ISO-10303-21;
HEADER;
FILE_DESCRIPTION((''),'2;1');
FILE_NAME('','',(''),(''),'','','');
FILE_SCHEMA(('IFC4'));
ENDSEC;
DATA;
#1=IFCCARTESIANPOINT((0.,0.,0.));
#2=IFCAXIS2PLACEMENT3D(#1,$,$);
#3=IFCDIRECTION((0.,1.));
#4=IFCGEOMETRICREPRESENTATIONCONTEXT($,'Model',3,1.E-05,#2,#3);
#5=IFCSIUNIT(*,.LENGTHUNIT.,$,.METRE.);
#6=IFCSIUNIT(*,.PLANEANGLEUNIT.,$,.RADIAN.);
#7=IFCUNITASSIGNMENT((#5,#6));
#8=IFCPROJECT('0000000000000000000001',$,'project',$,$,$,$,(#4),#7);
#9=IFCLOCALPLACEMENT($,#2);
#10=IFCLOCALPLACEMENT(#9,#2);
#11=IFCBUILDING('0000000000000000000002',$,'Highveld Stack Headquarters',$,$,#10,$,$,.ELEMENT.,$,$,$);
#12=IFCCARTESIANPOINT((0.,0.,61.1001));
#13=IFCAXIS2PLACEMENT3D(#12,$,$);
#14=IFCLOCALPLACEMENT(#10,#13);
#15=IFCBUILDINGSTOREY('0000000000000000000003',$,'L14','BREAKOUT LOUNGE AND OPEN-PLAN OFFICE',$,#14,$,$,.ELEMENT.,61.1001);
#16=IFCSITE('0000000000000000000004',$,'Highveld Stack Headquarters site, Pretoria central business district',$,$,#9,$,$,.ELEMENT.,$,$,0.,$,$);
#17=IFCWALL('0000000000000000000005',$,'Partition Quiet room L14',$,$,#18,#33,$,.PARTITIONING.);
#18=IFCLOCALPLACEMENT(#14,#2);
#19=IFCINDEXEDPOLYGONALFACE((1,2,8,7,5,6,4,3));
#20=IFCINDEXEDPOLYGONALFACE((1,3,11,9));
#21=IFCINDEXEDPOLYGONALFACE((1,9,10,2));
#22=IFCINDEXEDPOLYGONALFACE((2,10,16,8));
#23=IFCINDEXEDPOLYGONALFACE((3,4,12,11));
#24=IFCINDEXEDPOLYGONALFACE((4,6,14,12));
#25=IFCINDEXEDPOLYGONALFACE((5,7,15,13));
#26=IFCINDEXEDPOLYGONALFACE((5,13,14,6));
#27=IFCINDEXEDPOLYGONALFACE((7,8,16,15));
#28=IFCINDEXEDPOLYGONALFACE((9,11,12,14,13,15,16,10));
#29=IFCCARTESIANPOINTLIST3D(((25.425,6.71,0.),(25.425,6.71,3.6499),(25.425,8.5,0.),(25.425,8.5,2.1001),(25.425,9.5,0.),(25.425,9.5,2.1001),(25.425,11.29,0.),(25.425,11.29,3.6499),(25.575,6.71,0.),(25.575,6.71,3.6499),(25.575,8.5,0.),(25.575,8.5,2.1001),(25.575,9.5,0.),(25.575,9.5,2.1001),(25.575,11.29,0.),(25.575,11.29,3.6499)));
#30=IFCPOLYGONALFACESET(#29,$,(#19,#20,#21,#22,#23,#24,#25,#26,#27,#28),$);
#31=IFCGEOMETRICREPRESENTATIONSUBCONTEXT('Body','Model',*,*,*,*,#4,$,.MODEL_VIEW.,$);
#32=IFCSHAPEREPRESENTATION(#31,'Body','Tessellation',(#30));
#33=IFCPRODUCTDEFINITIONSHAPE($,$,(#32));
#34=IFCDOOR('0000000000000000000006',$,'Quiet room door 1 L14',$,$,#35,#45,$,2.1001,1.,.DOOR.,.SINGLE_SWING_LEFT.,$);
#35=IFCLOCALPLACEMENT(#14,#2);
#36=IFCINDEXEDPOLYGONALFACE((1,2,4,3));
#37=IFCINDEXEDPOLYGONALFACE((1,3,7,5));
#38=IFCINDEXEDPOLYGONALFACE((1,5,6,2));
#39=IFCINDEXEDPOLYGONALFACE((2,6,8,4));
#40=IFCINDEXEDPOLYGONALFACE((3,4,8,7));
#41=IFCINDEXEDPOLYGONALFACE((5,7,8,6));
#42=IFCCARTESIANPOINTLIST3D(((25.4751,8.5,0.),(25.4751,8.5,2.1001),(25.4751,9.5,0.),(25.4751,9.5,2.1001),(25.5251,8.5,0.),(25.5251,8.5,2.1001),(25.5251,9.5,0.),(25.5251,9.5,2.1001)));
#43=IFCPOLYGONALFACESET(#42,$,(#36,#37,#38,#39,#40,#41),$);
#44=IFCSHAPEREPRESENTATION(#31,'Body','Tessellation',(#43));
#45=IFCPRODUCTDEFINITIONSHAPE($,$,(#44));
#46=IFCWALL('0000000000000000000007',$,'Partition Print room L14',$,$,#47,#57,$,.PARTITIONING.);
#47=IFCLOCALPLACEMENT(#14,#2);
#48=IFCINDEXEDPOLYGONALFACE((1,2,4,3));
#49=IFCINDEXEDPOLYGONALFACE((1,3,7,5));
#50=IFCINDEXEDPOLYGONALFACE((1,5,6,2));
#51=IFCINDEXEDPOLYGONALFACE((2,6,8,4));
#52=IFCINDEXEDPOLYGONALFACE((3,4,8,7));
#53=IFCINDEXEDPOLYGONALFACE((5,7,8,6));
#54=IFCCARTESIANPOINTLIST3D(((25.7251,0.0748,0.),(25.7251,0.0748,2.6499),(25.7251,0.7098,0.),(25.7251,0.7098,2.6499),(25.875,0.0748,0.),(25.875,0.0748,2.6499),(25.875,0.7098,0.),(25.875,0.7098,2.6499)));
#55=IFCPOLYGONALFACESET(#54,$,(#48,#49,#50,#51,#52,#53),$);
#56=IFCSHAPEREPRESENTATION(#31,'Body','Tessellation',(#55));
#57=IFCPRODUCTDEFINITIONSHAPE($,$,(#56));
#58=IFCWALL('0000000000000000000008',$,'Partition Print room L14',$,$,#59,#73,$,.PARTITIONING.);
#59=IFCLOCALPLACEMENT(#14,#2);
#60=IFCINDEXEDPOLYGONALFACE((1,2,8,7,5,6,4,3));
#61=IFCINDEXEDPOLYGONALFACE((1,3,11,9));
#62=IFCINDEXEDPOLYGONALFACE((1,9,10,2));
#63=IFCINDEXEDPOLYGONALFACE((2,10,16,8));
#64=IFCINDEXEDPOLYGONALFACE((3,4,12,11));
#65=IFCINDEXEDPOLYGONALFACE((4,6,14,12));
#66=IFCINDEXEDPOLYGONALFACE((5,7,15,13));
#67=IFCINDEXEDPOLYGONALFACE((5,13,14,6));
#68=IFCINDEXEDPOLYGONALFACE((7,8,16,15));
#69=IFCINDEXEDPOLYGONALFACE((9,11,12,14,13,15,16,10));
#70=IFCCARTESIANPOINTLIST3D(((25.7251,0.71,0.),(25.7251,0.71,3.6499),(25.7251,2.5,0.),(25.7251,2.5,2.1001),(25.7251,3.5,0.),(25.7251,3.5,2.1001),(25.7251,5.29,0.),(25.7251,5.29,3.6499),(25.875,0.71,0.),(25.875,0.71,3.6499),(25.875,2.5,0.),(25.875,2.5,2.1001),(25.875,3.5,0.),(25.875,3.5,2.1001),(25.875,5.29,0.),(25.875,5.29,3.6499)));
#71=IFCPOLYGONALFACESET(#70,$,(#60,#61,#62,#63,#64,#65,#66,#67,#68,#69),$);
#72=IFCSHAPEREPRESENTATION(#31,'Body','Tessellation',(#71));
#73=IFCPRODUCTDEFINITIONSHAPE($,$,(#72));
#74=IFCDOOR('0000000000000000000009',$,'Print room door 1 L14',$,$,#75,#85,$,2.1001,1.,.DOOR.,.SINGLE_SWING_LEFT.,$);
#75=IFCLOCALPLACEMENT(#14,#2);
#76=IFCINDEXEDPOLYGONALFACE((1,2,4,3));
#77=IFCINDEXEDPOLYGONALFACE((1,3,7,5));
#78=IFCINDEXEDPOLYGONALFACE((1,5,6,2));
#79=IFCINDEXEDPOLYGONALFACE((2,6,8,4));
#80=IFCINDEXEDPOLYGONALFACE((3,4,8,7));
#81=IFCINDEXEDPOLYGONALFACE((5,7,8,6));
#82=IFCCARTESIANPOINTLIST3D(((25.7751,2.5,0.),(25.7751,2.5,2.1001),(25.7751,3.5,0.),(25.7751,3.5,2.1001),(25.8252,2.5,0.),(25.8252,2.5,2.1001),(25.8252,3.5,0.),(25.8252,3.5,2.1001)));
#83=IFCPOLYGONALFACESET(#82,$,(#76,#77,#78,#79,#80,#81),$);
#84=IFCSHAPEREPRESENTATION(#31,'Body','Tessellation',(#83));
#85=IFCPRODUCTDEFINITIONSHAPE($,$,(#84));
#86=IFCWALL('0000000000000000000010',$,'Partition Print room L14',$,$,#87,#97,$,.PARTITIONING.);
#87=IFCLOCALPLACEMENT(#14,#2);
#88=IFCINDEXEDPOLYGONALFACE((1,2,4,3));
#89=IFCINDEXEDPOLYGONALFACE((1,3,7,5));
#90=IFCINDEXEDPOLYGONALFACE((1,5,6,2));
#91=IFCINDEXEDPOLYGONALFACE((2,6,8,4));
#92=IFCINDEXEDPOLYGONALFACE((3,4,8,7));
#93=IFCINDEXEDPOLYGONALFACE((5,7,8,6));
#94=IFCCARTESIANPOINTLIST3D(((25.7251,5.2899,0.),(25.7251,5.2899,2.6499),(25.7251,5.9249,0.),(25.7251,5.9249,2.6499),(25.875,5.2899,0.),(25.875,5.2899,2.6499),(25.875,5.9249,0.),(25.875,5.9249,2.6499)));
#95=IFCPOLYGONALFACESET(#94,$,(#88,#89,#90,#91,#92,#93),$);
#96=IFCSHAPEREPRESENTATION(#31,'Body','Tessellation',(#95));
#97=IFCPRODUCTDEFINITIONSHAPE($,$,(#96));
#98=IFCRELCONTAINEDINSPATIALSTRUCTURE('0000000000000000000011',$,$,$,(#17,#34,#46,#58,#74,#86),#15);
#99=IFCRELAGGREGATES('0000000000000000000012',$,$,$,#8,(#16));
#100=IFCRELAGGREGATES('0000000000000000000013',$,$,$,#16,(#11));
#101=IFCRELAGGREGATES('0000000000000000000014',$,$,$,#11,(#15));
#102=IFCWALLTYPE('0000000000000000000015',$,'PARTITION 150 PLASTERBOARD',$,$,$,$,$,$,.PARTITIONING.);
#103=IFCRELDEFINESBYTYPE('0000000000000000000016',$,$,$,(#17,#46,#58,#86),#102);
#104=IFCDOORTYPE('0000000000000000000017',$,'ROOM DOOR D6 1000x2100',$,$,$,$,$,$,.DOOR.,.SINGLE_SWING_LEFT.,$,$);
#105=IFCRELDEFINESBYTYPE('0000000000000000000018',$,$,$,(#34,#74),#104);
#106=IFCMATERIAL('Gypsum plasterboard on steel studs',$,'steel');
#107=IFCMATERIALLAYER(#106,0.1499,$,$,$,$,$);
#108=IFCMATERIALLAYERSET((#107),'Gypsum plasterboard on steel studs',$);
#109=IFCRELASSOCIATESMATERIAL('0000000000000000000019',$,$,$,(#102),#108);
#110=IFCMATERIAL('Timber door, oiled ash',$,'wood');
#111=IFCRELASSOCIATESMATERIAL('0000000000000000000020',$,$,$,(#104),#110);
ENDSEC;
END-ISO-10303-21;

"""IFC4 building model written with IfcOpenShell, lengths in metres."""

from ifc_helpers import new_model, si_unit, direction, frame, frame_2d, origin, place, context, subcontext, project, spatial, rectangle, extrude, material, layer, layer_set, type_object, element, fill, save


model = new_model("IFC4")

# Units and contexts
model_context = context("Model", 3, precision=1e-05, world=origin(), true_north=direction((0.0, 1.0)))
body_context = subcontext(model_context, "Body", "Model", "MODEL_VIEW")
ifc_project = project(units=[si_unit("LENGTHUNIT", "METRE"), si_unit("PLANEANGLEUNIT", "RADIAN")], contexts=[model_context])

# Site, building, storey
site_placement = place(None, origin())
site = spatial("IfcSite", under=ifc_project, at=site_placement, Name="Highveld Stack Headquarters site, Pretoria central business district", CompositionType="ELEMENT", RefElevation=0.0)
building_placement = place(site_placement, origin())
building = spatial("IfcBuilding", under=site, at=building_placement, Name="Highveld Stack Headquarters", CompositionType="ELEMENT")
storey_placement = place(building_placement, frame((0.0, 0.0, 61.1001)))
storey = spatial("IfcBuildingStorey", under=building, at=storey_placement, Name="L14", Description="BREAKOUT LOUNGE AND OPEN-PLAN OFFICE", CompositionType="ELEMENT", Elevation=61.1001)

# Shared definitions
ifc_material_1 = material(Name="Gypsum plasterboard on steel studs", Category="steel")
ifc_layer_1 = layer(ifc_material_1, 0.1499)
ifc_layer_set_1 = layer_set([ifc_layer_1], Name="Gypsum plasterboard on steel studs")
wall_type = type_object("IfcWallType", Name="PARTITION 150 PLASTERBOARD", PredefinedType="PARTITIONING", material=ifc_layer_set_1)

# Wall, opening, door
wall_1_placement = place(storey_placement, frame((25.5, 6.71, 0.0), z_axis=(0.0, 0.0, 1.0), x_axis=(0.0, 1.0, 0.0)))
wall_1 = element("IfcWall", 1, at=wall_1_placement, inside=storey, type_object=wall_type, Name="Partition Quiet room L14", PredefinedType="PARTITIONING", context=body_context, shape_type="SweptSolid", body=[
    extrude(rectangle(XDim=4.5801, YDim=0.1499, at=frame_2d((2.29, 0.0))), origin(), (0.0, 0.0, 1.0), 3.6499),
])
opening_1_placement = place(wall_1_placement, frame((1.79, 0.0, 0.0)))
opening_1 = element("IfcOpeningElement", 2, at=opening_1_placement, cuts=wall_1, PredefinedType="OPENING", context=body_context, shape_type="SweptSolid", body=[
    extrude(rectangle(XDim=1.0, YDim=2.1001, at=frame_2d((0.5, 1.05))), frame((0.0, 0.085, 0.0), z_axis=(0.0, -1.0, 0.0), x_axis=(1.0, 0.0, 0.0)), (0.0, 0.0, 1.0), 0.1699),
])
ifc_material_2 = material(Name="Timber door, oiled ash", Category="wood")
door_type = type_object("IfcDoorType", Name="ROOM DOOR D6 1000x2100", OperationType="SINGLE_SWING_LEFT", PredefinedType="DOOR", material=ifc_material_2)
door_1_placement = place(opening_1_placement, origin())
door_1 = element("IfcDoor", 3, at=door_1_placement, inside=storey, type_object=door_type, Name="Quiet room door 1 L14", OperationType="SINGLE_SWING_LEFT", OverallHeight=2.1001, OverallWidth=1.0, PredefinedType="DOOR", context=body_context, shape_type="SweptSolid", body=[
    extrude(rectangle(XDim=1.0, YDim=2.1001, at=frame_2d((0.5, 1.05))), frame((0.0, 0.0249, 0.0), z_axis=(0.0, -1.0, 0.0), x_axis=(1.0, 0.0, 0.0)), (0.0, 0.0, 1.0), 0.05),
])
fill(opening_1, door_1)

# Wall
wall_2_placement = place(storey_placement, frame((25.8, 0.075, 0.0), z_axis=(0.0, 0.0, 1.0), x_axis=(0.0, 1.0, 0.0)))
element("IfcWall", 4, at=wall_2_placement, inside=storey, type_object=wall_type, Name="Partition Print room L14", PredefinedType="PARTITIONING", context=body_context, shape_type="SweptSolid", body=[
    extrude(rectangle(XDim=0.635, YDim=0.1499, at=frame_2d((0.3174, 0.0))), origin(), (0.0, 0.0, 1.0), 2.6499),
])

# Wall, opening, door
wall_3_placement = place(storey_placement, frame((25.8, 0.71, 0.0), z_axis=(0.0, 0.0, 1.0), x_axis=(0.0, 1.0, 0.0)))
wall_3 = element("IfcWall", 5, at=wall_3_placement, inside=storey, type_object=wall_type, Name="Partition Print room L14", PredefinedType="PARTITIONING", context=body_context, shape_type="SweptSolid", body=[
    extrude(rectangle(XDim=4.5801, YDim=0.1499, at=frame_2d((2.29, 0.0))), origin(), (0.0, 0.0, 1.0), 3.6499),
])
opening_2_placement = place(wall_3_placement, frame((1.79, 0.0, 0.0)))
opening_2 = element("IfcOpeningElement", 6, at=opening_2_placement, cuts=wall_3, PredefinedType="OPENING", context=body_context, shape_type="SweptSolid", body=[
    extrude(rectangle(XDim=1.0, YDim=2.1001, at=frame_2d((0.5, 1.05))), frame((0.0, 0.085, 0.0), z_axis=(0.0, -1.0, 0.0), x_axis=(1.0, 0.0, 0.0)), (0.0, 0.0, 1.0), 0.1699),
])
door_2_placement = place(opening_2_placement, origin())
door_2 = element("IfcDoor", 7, at=door_2_placement, inside=storey, type_object=door_type, Name="Print room door 1 L14", OperationType="SINGLE_SWING_LEFT", OverallHeight=2.1001, OverallWidth=1.0, PredefinedType="DOOR", context=body_context, shape_type="SweptSolid", body=[
    extrude(rectangle(XDim=1.0, YDim=2.1001, at=frame_2d((0.5, 1.05))), frame((0.0, 0.0249, 0.0), z_axis=(0.0, -1.0, 0.0), x_axis=(1.0, 0.0, 0.0)), (0.0, 0.0, 1.0), 0.05),
])
fill(opening_2, door_2)

# Wall
wall_4_placement = place(storey_placement, frame((25.8, 5.29, 0.0), z_axis=(0.0, 0.0, 1.0), x_axis=(0.0, 1.0, 0.0)))
element("IfcWall", 8, at=wall_4_placement, inside=storey, type_object=wall_type, Name="Partition Print room L14", PredefinedType="PARTITIONING", context=body_context, shape_type="SweptSolid", body=[
    extrude(rectangle(XDim=0.635, YDim=0.1499, at=frame_2d((0.3174, 0.0))), origin(), (0.0, 0.0, 1.0), 2.6499),
])

save(model, "model.ifc")
